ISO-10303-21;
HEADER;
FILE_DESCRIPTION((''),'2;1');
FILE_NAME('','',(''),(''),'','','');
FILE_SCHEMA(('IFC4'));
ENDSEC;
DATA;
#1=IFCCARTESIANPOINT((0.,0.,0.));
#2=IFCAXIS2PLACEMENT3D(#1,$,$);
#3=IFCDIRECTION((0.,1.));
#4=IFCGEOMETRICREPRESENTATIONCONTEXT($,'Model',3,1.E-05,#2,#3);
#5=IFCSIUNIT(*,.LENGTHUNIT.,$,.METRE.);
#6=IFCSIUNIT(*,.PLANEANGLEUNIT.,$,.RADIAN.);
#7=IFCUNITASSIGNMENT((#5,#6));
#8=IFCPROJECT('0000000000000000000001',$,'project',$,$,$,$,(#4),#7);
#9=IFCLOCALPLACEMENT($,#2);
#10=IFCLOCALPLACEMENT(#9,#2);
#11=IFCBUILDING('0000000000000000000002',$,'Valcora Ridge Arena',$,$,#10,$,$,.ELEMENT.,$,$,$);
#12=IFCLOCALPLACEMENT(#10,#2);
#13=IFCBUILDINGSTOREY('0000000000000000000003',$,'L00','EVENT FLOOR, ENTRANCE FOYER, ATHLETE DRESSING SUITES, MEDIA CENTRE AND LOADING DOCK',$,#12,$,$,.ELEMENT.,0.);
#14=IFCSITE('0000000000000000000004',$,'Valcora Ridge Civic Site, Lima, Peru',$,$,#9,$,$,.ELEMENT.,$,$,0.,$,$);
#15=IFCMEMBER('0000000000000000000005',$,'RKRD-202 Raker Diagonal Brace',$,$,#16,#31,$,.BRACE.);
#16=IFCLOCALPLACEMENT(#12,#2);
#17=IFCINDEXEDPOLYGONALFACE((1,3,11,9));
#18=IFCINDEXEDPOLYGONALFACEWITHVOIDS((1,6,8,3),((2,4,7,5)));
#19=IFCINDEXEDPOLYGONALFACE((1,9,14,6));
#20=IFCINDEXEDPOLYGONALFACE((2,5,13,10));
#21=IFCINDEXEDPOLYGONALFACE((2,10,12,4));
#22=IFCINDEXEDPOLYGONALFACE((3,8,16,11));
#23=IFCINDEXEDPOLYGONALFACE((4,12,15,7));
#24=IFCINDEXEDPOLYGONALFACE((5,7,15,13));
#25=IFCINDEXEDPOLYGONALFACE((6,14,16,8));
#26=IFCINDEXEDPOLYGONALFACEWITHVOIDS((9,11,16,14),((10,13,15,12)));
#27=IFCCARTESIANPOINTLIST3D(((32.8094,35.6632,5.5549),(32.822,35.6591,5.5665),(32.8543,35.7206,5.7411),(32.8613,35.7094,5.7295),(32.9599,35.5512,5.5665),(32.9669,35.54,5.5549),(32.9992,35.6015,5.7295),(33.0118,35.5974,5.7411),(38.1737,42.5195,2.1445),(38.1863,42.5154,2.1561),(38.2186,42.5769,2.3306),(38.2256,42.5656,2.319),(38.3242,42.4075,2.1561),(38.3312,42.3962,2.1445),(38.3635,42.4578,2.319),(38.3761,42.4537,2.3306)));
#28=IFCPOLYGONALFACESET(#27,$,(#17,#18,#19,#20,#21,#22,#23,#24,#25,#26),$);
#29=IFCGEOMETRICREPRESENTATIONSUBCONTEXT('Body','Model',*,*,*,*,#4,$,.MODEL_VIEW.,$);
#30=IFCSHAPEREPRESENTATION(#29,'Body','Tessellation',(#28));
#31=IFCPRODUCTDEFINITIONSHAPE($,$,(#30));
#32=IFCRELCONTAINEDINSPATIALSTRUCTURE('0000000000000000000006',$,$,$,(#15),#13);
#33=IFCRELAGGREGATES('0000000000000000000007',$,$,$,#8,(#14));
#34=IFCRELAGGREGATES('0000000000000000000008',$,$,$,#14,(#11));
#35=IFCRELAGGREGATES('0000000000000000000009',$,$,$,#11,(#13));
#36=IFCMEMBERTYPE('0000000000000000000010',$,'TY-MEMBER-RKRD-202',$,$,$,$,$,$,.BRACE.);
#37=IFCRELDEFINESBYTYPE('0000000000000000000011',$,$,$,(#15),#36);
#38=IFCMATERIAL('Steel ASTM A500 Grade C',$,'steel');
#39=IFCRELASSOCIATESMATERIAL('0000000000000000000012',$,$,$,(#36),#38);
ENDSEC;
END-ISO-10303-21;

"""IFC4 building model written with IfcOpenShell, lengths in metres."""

from ifc_helpers import new_model, si_unit, direction, frame, origin, origin_2d, place, context, subcontext, project, spatial, hollow_rectangle, extrude, material, material_profile, profile_set, type_object, element, save


model = new_model("IFC4")

# Units and contexts
model_context = context("Model", 3, precision=1e-05, world=origin(), true_north=direction((0.0, 1.0)))
body_context = subcontext(model_context, "Body", "Model", "MODEL_VIEW")
ifc_project = project(units=[si_unit("LENGTHUNIT", "METRE"), si_unit("PLANEANGLEUNIT", "RADIAN")], contexts=[model_context])

# Site, building, storey
site_placement = place(None, origin())
site = spatial("IfcSite", under=ifc_project, at=site_placement, Name="Valcora Ridge Civic Site, Lima, Peru", CompositionType="ELEMENT", RefElevation=0.0)
building_placement = place(site_placement, origin())
building = spatial("IfcBuilding", under=site, at=building_placement, Name="Valcora Ridge Arena", CompositionType="ELEMENT")
storey_placement = place(building_placement, origin())
storey = spatial("IfcBuildingStorey", under=building, at=storey_placement, Name="L00", Description="EVENT FLOOR, ENTRANCE FOYER, ATHLETE DRESSING SUITES, MEDIA CENTRE AND LOADING DOCK", CompositionType="ELEMENT", Elevation=0.0)

# Member
ifc_material_1 = material(Name="Steel ASTM A500 Grade C", Category="steel")
ifc_material_profile_1 = material_profile(ifc_material_1, hollow_rectangle(XDim=0.2, YDim=0.2, WallThickness=0.0125, at=origin_2d()), Name="HSS200X200X12")
ifc_profile_set_1 = profile_set([ifc_material_profile_1], Name="Steel ASTM A500 Grade C")
member_type_1 = type_object("IfcMemberType", Name="TY-MEMBER-RKRD-202", PredefinedType="BRACE", material=ifc_profile_set_1)
member_1_placement = place(storey_placement, frame((38.2749, 42.4866, 2.2375), z_axis=(-0.573747, -0.733321, 0.364767), x_axis=(0.787587, -0.616204, 0.0)))
element("IfcMember", 1, at=member_1_placement, inside=storey, type_object=member_type_1, Name="RKRD-202 Raker Diagonal Brace", PredefinedType="BRACE", context=body_context, shape_type="SweptSolid", body=[
    extrude(hollow_rectangle(XDim=0.2, YDim=0.2, WallThickness=0.0125, at=origin_2d()), origin(), (0.0, 0.0, 1.0), 9.3496),
])

save(model, "model.ifc")
